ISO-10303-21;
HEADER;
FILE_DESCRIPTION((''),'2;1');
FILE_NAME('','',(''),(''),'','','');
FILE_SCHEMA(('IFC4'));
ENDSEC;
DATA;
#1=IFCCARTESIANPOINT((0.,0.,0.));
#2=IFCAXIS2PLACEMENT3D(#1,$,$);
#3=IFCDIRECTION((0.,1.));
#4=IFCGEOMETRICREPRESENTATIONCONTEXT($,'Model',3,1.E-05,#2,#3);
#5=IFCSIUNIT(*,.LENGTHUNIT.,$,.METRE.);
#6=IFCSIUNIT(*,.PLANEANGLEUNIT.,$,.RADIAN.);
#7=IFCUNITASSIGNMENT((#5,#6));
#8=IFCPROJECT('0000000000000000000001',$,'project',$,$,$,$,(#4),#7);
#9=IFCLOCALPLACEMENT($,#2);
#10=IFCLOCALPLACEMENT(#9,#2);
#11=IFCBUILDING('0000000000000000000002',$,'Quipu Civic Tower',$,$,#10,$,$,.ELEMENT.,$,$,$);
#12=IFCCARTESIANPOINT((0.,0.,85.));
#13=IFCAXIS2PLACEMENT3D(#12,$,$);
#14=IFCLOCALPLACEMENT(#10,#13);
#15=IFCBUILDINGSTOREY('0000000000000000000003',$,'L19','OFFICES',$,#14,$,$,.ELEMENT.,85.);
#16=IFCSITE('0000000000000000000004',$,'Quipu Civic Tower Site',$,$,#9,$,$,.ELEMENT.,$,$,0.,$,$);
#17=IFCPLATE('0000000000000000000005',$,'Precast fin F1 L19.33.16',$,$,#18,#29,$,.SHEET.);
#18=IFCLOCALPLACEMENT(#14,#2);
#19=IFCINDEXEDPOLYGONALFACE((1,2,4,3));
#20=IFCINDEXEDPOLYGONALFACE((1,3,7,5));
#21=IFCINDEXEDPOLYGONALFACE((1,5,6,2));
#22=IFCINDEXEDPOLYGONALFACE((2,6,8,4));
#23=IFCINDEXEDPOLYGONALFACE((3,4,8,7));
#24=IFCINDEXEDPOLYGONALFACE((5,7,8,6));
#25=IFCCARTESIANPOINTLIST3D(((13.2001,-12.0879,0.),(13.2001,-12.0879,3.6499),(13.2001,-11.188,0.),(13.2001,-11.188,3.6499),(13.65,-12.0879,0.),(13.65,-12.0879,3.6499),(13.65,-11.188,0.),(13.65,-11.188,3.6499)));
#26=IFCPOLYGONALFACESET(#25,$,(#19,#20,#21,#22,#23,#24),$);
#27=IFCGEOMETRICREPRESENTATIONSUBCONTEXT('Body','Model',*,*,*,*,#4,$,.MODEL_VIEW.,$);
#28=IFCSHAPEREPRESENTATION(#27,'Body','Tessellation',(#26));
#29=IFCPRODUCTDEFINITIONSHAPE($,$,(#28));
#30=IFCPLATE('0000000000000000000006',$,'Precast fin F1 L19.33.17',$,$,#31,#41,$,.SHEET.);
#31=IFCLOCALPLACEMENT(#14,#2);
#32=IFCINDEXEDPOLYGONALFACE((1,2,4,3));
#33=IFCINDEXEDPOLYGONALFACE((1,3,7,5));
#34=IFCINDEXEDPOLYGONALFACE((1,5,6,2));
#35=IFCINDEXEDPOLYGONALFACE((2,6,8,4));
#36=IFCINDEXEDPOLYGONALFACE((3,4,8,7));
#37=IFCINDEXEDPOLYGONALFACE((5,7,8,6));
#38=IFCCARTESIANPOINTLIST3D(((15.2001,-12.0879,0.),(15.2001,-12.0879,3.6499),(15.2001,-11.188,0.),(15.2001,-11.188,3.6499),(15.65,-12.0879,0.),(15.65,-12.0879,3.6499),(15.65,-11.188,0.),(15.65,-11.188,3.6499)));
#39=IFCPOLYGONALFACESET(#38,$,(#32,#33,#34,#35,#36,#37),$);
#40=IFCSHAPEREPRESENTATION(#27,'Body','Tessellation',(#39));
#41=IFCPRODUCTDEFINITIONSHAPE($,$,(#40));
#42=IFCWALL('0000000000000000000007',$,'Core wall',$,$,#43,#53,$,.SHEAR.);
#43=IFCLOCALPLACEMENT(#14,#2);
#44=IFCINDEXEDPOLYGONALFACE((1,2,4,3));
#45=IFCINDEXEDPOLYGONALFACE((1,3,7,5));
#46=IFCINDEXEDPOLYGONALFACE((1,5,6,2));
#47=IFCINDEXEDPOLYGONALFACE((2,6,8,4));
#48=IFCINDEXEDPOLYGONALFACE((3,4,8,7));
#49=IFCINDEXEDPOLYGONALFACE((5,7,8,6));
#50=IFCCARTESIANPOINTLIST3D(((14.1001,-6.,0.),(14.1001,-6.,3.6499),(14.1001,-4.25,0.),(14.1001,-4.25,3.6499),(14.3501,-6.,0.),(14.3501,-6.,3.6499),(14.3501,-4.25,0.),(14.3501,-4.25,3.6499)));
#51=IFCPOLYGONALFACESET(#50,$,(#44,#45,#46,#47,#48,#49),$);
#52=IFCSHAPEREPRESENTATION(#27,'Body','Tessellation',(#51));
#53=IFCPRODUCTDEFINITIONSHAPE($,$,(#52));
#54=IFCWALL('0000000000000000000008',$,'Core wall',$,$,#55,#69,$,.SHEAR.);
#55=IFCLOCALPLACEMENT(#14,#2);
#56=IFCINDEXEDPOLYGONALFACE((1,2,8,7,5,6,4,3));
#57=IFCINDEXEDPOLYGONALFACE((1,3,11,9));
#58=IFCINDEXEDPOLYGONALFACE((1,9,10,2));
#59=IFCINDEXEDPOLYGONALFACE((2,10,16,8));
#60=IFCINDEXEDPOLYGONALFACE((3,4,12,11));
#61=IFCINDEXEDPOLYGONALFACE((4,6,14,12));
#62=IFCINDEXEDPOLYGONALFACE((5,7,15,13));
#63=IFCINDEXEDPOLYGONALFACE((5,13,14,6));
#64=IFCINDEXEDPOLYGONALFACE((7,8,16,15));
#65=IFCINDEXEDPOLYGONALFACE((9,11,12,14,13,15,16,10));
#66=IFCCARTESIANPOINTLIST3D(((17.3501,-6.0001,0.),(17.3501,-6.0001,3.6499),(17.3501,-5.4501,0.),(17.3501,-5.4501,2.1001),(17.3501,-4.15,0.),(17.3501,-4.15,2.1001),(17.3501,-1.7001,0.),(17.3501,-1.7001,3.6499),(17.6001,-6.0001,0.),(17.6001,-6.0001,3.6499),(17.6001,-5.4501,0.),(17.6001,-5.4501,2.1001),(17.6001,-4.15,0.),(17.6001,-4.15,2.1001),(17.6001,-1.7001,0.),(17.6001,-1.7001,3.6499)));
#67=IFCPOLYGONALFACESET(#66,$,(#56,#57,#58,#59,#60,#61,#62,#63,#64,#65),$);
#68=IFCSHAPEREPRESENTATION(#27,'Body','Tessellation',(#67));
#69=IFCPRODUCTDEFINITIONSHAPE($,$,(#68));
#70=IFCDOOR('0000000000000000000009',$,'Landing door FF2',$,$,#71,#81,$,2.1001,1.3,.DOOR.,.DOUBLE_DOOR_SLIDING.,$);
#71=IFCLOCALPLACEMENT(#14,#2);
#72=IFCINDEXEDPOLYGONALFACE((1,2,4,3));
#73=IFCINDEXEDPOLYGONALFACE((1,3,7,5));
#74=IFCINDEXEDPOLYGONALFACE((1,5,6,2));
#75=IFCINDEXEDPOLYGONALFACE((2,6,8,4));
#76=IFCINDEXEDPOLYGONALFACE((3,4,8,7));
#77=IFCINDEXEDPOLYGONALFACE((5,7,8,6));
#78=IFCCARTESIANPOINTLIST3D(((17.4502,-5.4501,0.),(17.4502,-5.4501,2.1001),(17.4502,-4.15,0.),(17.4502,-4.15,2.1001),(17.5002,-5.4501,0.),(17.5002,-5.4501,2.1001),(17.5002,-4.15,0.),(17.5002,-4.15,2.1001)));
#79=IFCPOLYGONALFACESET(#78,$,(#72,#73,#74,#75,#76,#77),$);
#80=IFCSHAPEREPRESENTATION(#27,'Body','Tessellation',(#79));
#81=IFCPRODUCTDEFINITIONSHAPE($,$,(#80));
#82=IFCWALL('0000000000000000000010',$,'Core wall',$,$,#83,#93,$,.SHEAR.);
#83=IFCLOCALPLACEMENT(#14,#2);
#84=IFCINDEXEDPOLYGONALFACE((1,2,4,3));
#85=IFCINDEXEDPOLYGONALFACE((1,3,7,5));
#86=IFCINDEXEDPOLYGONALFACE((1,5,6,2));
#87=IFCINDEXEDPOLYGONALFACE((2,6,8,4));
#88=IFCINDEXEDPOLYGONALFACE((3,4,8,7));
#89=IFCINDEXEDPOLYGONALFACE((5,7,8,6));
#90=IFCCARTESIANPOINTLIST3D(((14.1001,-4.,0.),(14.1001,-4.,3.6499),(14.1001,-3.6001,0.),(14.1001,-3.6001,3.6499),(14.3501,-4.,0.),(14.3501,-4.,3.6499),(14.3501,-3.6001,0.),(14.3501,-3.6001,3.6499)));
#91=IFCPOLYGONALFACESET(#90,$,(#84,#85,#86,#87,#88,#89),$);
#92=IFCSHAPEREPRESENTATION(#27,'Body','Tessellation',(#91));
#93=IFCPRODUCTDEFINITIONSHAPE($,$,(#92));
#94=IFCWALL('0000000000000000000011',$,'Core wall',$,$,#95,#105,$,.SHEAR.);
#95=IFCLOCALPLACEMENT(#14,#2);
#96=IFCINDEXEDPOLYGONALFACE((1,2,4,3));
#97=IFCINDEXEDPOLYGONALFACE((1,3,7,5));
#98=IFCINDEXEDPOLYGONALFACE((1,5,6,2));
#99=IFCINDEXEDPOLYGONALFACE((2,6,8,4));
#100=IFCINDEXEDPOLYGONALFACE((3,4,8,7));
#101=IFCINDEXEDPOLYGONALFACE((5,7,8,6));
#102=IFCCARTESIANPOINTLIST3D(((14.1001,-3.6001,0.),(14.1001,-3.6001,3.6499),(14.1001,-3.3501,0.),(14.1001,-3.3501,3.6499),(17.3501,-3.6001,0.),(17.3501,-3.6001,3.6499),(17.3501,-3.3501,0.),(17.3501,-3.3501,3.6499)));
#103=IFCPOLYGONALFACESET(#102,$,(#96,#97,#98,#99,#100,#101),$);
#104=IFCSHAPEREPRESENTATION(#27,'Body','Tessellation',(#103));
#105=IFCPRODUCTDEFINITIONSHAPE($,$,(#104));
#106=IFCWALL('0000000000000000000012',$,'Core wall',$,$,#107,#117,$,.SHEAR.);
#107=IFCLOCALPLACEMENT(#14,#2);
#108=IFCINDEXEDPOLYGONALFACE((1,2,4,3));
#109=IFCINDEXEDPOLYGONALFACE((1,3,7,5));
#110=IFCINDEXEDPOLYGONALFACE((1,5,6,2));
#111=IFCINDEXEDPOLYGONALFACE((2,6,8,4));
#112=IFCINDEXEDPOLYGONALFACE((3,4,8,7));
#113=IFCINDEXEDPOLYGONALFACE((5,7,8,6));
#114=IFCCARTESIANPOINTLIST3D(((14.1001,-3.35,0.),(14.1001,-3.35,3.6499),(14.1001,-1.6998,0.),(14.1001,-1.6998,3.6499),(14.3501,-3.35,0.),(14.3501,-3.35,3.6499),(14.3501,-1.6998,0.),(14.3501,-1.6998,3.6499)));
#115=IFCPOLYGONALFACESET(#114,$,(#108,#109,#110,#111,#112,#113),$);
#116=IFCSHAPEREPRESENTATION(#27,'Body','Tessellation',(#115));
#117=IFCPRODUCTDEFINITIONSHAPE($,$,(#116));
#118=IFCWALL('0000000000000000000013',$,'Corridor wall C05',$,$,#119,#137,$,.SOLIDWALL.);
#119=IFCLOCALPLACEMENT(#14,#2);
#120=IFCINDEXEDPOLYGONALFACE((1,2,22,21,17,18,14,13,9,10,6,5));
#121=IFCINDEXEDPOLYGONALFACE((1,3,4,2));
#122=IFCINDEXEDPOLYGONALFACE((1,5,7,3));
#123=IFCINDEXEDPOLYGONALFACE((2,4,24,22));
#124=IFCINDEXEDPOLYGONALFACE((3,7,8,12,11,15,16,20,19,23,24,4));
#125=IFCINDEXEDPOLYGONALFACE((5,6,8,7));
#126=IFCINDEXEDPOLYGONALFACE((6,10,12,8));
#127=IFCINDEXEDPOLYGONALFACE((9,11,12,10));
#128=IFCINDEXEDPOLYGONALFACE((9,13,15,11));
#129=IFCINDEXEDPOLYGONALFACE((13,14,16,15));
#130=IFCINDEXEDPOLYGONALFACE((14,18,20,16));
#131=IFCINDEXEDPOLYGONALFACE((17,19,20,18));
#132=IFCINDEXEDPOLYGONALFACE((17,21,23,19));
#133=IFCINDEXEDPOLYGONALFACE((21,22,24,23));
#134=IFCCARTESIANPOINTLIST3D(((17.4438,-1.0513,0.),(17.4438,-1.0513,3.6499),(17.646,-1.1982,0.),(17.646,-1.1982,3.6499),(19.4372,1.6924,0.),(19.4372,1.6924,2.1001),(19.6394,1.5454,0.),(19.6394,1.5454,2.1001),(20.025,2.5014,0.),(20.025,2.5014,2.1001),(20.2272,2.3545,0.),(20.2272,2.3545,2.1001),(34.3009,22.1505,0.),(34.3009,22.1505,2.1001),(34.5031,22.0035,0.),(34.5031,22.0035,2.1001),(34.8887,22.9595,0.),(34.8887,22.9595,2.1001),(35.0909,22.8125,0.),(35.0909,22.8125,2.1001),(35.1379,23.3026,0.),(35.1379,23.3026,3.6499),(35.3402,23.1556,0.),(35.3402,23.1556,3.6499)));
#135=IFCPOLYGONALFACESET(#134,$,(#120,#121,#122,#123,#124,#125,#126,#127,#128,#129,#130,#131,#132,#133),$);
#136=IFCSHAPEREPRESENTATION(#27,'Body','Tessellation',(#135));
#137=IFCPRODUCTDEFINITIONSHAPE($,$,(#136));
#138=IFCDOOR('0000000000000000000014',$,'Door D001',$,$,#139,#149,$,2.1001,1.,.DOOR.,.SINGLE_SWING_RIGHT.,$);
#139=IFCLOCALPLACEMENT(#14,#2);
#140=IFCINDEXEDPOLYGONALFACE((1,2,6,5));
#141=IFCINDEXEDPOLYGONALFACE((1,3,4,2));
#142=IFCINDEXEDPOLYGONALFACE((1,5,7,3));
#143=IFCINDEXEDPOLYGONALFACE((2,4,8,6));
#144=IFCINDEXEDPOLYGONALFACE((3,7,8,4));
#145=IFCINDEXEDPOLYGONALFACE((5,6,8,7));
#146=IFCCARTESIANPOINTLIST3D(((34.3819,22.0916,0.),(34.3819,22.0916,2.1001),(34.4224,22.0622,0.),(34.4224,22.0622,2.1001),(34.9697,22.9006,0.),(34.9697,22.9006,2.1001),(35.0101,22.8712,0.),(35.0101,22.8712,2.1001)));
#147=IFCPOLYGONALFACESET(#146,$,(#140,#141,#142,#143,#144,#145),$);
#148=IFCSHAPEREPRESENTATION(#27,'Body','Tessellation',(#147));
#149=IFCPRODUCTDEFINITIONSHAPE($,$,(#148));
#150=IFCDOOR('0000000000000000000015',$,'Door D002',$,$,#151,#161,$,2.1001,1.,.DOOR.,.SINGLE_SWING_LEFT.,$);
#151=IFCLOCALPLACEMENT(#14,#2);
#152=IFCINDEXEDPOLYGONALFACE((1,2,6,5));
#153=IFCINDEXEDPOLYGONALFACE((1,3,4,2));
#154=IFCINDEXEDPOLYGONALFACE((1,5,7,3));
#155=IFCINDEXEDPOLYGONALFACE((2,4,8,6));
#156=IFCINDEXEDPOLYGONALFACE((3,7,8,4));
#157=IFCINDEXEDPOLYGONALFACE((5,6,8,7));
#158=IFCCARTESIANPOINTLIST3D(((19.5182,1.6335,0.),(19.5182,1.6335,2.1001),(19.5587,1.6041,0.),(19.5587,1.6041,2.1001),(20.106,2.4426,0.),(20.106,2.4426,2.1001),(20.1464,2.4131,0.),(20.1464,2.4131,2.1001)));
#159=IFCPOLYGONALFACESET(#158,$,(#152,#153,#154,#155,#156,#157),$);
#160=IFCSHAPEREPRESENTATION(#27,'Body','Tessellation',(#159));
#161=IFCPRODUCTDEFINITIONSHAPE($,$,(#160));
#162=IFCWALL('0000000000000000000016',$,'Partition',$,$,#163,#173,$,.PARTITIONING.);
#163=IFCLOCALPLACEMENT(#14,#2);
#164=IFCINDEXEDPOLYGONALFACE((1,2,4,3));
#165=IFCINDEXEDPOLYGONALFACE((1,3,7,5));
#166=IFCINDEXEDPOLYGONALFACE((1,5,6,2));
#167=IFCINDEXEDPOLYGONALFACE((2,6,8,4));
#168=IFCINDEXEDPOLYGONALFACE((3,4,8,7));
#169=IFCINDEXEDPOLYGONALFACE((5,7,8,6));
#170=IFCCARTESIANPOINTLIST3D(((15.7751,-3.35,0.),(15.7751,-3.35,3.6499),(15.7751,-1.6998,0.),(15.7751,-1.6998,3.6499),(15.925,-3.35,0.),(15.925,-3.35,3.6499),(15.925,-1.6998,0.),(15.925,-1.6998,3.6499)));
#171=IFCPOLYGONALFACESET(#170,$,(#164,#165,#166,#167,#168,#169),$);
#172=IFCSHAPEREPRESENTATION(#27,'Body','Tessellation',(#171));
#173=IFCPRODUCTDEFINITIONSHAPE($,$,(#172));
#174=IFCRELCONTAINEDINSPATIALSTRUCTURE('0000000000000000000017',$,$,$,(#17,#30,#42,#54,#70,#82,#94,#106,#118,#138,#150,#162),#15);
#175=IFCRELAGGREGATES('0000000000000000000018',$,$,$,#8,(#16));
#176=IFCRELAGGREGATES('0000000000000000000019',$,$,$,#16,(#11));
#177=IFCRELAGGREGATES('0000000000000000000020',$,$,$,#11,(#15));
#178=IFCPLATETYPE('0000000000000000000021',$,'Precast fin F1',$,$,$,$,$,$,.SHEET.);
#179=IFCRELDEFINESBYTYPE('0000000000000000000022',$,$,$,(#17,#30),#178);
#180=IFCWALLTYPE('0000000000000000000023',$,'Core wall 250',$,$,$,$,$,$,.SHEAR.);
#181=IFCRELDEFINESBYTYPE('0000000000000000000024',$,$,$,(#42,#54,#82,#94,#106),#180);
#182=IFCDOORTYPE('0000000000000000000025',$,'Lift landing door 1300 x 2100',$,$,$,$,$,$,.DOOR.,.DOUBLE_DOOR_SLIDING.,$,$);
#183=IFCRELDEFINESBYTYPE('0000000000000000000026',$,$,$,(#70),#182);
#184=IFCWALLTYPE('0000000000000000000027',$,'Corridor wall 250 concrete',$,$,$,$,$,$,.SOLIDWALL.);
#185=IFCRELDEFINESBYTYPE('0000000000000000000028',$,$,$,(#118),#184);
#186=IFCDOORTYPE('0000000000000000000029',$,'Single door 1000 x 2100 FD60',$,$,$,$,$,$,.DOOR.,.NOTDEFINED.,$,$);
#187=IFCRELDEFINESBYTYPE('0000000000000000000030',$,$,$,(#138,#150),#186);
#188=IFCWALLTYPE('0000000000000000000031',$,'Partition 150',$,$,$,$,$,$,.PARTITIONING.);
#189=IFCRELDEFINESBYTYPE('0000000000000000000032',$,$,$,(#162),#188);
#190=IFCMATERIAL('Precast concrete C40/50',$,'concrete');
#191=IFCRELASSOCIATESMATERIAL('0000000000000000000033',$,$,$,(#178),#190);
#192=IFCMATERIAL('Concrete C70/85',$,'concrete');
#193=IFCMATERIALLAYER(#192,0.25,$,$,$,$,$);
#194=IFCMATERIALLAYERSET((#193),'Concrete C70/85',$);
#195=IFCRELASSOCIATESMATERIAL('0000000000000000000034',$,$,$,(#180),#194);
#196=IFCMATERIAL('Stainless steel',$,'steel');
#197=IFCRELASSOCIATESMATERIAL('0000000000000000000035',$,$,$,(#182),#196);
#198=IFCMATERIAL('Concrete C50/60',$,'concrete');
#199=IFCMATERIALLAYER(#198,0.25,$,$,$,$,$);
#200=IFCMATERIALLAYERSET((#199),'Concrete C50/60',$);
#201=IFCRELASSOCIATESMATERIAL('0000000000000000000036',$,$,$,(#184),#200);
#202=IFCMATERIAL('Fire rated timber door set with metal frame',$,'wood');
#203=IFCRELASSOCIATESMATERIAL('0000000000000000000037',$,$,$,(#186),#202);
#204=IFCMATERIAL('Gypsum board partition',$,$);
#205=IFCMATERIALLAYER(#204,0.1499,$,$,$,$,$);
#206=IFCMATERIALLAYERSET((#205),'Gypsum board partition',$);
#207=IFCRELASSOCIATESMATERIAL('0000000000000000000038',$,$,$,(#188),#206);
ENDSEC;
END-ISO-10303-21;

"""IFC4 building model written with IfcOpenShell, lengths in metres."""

from ifc_helpers import new_model, si_unit, direction, frame, frame_2d, origin, origin_2d, place, context, subcontext, project, spatial, rectangle, extrude, material, layer, layer_set, type_object, element, fill, save


model = new_model("IFC4")

# Units and contexts
model_context = context("Model", 3, precision=1e-05, world=origin(), true_north=direction((0.0, 1.0)))
body_context = subcontext(model_context, "Body", "Model", "MODEL_VIEW")
ifc_project = project(units=[si_unit("LENGTHUNIT", "METRE"), si_unit("PLANEANGLEUNIT", "RADIAN")], contexts=[model_context])

# Site, building, storey
site_placement = place(None, origin())
site = spatial("IfcSite", under=ifc_project, at=site_placement, Name="Quipu Civic Tower Site", CompositionType="ELEMENT", RefElevation=0.0)
building_placement = place(site_placement, origin())
building = spatial("IfcBuilding", under=site, at=building_placement, Name="Quipu Civic Tower", CompositionType="ELEMENT")
storey_placement = place(building_placement, frame((0.0, 0.0, 85.0)))
storey = spatial("IfcBuildingStorey", under=building, at=storey_placement, Name="L19", Description="OFFICES", CompositionType="ELEMENT", Elevation=85.0)

# Plates
ifc_material_1 = material(Name="Precast concrete C40/50", Category="concrete")
plate_type = type_object("IfcPlateType", Name="Precast fin F1", PredefinedType="SHEET", material=ifc_material_1)
for number, where, z_axis, x_axis, name in (
    (1, (13.425, -11.6379, 0.0), (0.0, 0.0, 1.0), (1.0, 0.0, 0.0), "Precast fin F1 L19.33.16"),
    (2, (15.425, -11.6379, 0.0), (0.0, 0.0, 1.0), (1.0, 0.0, 0.0), "Precast fin F1 L19.33.17"),
):
    element("IfcPlate", number, at=place(storey_placement, frame(where, z_axis=z_axis, x_axis=x_axis)), inside=storey, type_object=plate_type, Name=name, PredefinedType="SHEET", context=body_context, shape_type="SweptSolid", body=[
        extrude(rectangle(XDim=0.45, YDim=0.8999, at=origin_2d()), origin(), (0.0, 0.0, 1.0), 3.6499),
    ])

# Wall
ifc_material_2 = material(Name="Concrete C70/85", Category="concrete")
ifc_layer_1 = layer(ifc_material_2, 0.25)
ifc_layer_set_1 = layer_set([ifc_layer_1], Name="Concrete C70/85")
wall_type_1 = type_object("IfcWallType", Name="Core wall 250", PredefinedType="SHEAR", material=ifc_layer_set_1)
wall_1_placement = place(storey_placement, frame((14.2251, -6.0, 0.0), z_axis=(0.0, 0.0, 1.0), x_axis=(0.0, 1.0, 0.0)))
element("IfcWall", 3, at=wall_1_placement, inside=storey, type_object=wall_type_1, Name="Core wall", PredefinedType="SHEAR", context=body_context, shape_type="SweptSolid", body=[
    extrude(rectangle(XDim=1.75, YDim=0.25, at=frame_2d((0.875, 0.0))), origin(), (0.0, 0.0, 1.0), 3.6499),
])

# Wall, opening, door
wall_2_placement = place(storey_placement, frame((17.4751, -6.0, 0.0), z_axis=(0.0, 0.0, 1.0), x_axis=(0.0, 1.0, 0.0)))
wall_2 = element("IfcWall", 4, at=wall_2_placement, inside=storey, type_object=wall_type_1, Name="Core wall", PredefinedType="SHEAR", context=body_context, shape_type="SweptSolid", body=[
    extrude(rectangle(XDim=4.3, YDim=0.25, at=frame_2d((2.1499, 0.0))), origin(), (0.0, 0.0, 1.0), 3.6499),
])
opening_1_placement = place(wall_2_placement, frame((0.55, 0.0, 0.0)))
opening_1 = element("IfcOpeningElement", 5, at=opening_1_placement, cuts=wall_2, PredefinedType="OPENING", context=body_context, shape_type="SweptSolid", body=[
    extrude(rectangle(XDim=1.3, YDim=2.1001, at=frame_2d((0.6499, 1.05))), frame((0.0, 0.135, 0.0), z_axis=(0.0, -1.0, 0.0), x_axis=(1.0, 0.0, 0.0)), (0.0, 0.0, 1.0), 0.27),
])
ifc_material_3 = material(Name="Stainless steel", Category="steel")
door_type_1 = type_object("IfcDoorType", Name="Lift landing door 1300 x 2100", OperationType="DOUBLE_DOOR_SLIDING", PredefinedType="DOOR", material=ifc_material_3)
door_1_placement = place(opening_1_placement, origin())
door_1 = element("IfcDoor", 6, at=door_1_placement, inside=storey, type_object=door_type_1, Name="Landing door FF2", OperationType="DOUBLE_DOOR_SLIDING", OverallHeight=2.1001, OverallWidth=1.3, PredefinedType="DOOR", context=body_context, shape_type="SweptSolid", body=[
    extrude(rectangle(XDim=1.3, YDim=2.1001, at=frame_2d((0.6499, 1.05))), frame((0.0, 0.0249, 0.0), z_axis=(0.0, -1.0, 0.0), x_axis=(1.0, 0.0, 0.0)), (0.0, 0.0, 1.0), 0.05),
])
fill(opening_1, door_1)

# Walls
wall_3_placement = place(storey_placement, frame((14.2251, -4.0, 0.0), z_axis=(0.0, 0.0, 1.0), x_axis=(0.0, 1.0, 0.0)))
element("IfcWall", 7, at=wall_3_placement, inside=storey, type_object=wall_type_1, Name="Core wall", PredefinedType="SHEAR", context=body_context, shape_type="SweptSolid", body=[
    extrude(rectangle(XDim=0.3999, YDim=0.25, at=frame_2d((0.2, 0.0))), origin(), (0.0, 0.0, 1.0), 3.6499),
])
wall_4_placement = place(storey_placement, frame((14.1001, -3.4751, 0.0), z_axis=(0.0, 0.0, 1.0), x_axis=(1.0, 0.0, 0.0)))
element("IfcWall", 8, at=wall_4_placement, inside=storey, type_object=wall_type_1, Name="Core wall", PredefinedType="SHEAR", context=body_context, shape_type="SweptSolid", body=[
    extrude(rectangle(XDim=3.25, YDim=0.25, at=frame_2d((1.625, 0.0))), origin(), (0.0, 0.0, 1.0), 3.6499),
])
wall_5_placement = place(storey_placement, frame((14.2251, -3.3501, 0.0), z_axis=(0.0, 0.0, 1.0), x_axis=(0.0, 1.0, 0.0)))
element("IfcWall", 9, at=wall_5_placement, inside=storey, type_object=wall_type_1, Name="Core wall", PredefinedType="SHEAR", context=body_context, shape_type="SweptSolid", body=[
    extrude(rectangle(XDim=1.6501, YDim=0.25, at=frame_2d((0.8252, 0.0))), origin(), (0.0, 0.0, 1.0), 3.6499),
])

# Wall, openings, doors
ifc_material_4 = material(Name="Concrete C50/60", Category="concrete")
ifc_layer_2 = layer(ifc_material_4, 0.25)
ifc_layer_set_2 = layer_set([ifc_layer_2], Name="Concrete C50/60")
wall_type_2 = type_object("IfcWallType", Name="Corridor wall 250 concrete", PredefinedType="SOLIDWALL", material=ifc_layer_set_2)
wall_6_placement = place(storey_placement, frame((17.5449, -1.1248, 0.0), z_axis=(0.0, 0.0, 1.0), x_axis=(0.587786, 0.809016, 0.0)))
wall_6 = element("IfcWall", 10, at=wall_6_placement, inside=storey, type_object=wall_type_2, Name="Corridor wall C05", PredefinedType="SOLIDWALL", context=body_context, shape_type="SweptSolid", body=[
    extrude(rectangle(XDim=30.103, YDim=0.25, at=frame_2d((15.0515, 0.0))), origin(), (0.0, 0.0, 1.0), 3.6499),
])
opening_2_placement = place(wall_6_placement, frame((28.679, 0.0, 0.0)))
opening_2 = element("IfcOpeningElement", 11, at=opening_2_placement, cuts=wall_6, PredefinedType="OPENING", context=body_context, shape_type="SweptSolid", body=[
    extrude(rectangle(XDim=1.0, YDim=2.1001, at=frame_2d((0.5, 1.05))), frame((0.0, 0.135, 0.0), z_axis=(0.0, -1.0, 0.0), x_axis=(1.0, 0.0, 0.0)), (0.0, 0.0, 1.0), 0.27),
])
opening_3_placement = place(wall_6_placement, frame((3.3914, 0.0, 0.0)))
opening_3 = element("IfcOpeningElement", 12, at=opening_3_placement, cuts=wall_6, PredefinedType="OPENING", context=body_context, shape_type="SweptSolid", body=[
    extrude(rectangle(XDim=1.0, YDim=2.1001, at=frame_2d((0.5, 1.05))), frame((0.0, 0.135, 0.0), z_axis=(0.0, -1.0, 0.0), x_axis=(1.0, 0.0, 0.0)), (0.0, 0.0, 1.0), 0.27),
])
ifc_material_5 = material(Name="Fire rated timber door set with metal frame", Category="wood")
door_type_2 = type_object("IfcDoorType", Name="Single door 1000 x 2100 FD60", OperationType="NOTDEFINED", PredefinedType="DOOR", material=ifc_material_5)
door_2_placement = place(opening_2_placement, origin())
door_2 = element("IfcDoor", 13, at=door_2_placement, inside=storey, type_object=door_type_2, Name="Door D001", OperationType="SINGLE_SWING_RIGHT", OverallHeight=2.1001, OverallWidth=1.0, PredefinedType="DOOR", context=body_context, shape_type="SweptSolid", body=[
    extrude(rectangle(XDim=1.0, YDim=2.1001, at=frame_2d((0.5, 1.05))), frame((0.0, 0.0249, 0.0), z_axis=(0.0, -1.0, 0.0), x_axis=(1.0, 0.0, 0.0)), (0.0, 0.0, 1.0), 0.05),
])
fill(opening_2, door_2)
door_3_placement = place(opening_3_placement, origin())
door_3 = element("IfcDoor", 14, at=door_3_placement, inside=storey, type_object=door_type_2, Name="Door D002", OperationType="SINGLE_SWING_LEFT", OverallHeight=2.1001, OverallWidth=1.0, PredefinedType="DOOR", context=body_context, shape_type="SweptSolid", body=[
    extrude(rectangle(XDim=1.0, YDim=2.1001, at=frame_2d((0.5, 1.05))), frame((0.0, 0.0249, 0.0), z_axis=(0.0, -1.0, 0.0), x_axis=(1.0, 0.0, 0.0)), (0.0, 0.0, 1.0), 0.05),
])
fill(opening_3, door_3)

# Wall
ifc_material_6 = material(Name="Gypsum board partition")
ifc_layer_3 = layer(ifc_material_6, 0.1499)
ifc_layer_set_3 = layer_set([ifc_layer_3], Name="Gypsum board partition")
wall_type_3 = type_object("IfcWallType", Name="Partition 150", PredefinedType="PARTITIONING", material=ifc_layer_set_3)
wall_7_placement = place(storey_placement, frame((15.8501, -3.3501, 0.0), z_axis=(0.0, 0.0, 1.0), x_axis=(0.0, 1.0, 0.0)))
element("IfcWall", 15, at=wall_7_placement, inside=storey, type_object=wall_type_3, Name="Partition", PredefinedType="PARTITIONING", context=body_context, shape_type="SweptSolid", body=[
    extrude(rectangle(XDim=1.6501, YDim=0.1499, at=frame_2d((0.8252, 0.0))), origin(), (0.0, 0.0, 1.0), 3.6499),
])

save(model, "model.ifc")
